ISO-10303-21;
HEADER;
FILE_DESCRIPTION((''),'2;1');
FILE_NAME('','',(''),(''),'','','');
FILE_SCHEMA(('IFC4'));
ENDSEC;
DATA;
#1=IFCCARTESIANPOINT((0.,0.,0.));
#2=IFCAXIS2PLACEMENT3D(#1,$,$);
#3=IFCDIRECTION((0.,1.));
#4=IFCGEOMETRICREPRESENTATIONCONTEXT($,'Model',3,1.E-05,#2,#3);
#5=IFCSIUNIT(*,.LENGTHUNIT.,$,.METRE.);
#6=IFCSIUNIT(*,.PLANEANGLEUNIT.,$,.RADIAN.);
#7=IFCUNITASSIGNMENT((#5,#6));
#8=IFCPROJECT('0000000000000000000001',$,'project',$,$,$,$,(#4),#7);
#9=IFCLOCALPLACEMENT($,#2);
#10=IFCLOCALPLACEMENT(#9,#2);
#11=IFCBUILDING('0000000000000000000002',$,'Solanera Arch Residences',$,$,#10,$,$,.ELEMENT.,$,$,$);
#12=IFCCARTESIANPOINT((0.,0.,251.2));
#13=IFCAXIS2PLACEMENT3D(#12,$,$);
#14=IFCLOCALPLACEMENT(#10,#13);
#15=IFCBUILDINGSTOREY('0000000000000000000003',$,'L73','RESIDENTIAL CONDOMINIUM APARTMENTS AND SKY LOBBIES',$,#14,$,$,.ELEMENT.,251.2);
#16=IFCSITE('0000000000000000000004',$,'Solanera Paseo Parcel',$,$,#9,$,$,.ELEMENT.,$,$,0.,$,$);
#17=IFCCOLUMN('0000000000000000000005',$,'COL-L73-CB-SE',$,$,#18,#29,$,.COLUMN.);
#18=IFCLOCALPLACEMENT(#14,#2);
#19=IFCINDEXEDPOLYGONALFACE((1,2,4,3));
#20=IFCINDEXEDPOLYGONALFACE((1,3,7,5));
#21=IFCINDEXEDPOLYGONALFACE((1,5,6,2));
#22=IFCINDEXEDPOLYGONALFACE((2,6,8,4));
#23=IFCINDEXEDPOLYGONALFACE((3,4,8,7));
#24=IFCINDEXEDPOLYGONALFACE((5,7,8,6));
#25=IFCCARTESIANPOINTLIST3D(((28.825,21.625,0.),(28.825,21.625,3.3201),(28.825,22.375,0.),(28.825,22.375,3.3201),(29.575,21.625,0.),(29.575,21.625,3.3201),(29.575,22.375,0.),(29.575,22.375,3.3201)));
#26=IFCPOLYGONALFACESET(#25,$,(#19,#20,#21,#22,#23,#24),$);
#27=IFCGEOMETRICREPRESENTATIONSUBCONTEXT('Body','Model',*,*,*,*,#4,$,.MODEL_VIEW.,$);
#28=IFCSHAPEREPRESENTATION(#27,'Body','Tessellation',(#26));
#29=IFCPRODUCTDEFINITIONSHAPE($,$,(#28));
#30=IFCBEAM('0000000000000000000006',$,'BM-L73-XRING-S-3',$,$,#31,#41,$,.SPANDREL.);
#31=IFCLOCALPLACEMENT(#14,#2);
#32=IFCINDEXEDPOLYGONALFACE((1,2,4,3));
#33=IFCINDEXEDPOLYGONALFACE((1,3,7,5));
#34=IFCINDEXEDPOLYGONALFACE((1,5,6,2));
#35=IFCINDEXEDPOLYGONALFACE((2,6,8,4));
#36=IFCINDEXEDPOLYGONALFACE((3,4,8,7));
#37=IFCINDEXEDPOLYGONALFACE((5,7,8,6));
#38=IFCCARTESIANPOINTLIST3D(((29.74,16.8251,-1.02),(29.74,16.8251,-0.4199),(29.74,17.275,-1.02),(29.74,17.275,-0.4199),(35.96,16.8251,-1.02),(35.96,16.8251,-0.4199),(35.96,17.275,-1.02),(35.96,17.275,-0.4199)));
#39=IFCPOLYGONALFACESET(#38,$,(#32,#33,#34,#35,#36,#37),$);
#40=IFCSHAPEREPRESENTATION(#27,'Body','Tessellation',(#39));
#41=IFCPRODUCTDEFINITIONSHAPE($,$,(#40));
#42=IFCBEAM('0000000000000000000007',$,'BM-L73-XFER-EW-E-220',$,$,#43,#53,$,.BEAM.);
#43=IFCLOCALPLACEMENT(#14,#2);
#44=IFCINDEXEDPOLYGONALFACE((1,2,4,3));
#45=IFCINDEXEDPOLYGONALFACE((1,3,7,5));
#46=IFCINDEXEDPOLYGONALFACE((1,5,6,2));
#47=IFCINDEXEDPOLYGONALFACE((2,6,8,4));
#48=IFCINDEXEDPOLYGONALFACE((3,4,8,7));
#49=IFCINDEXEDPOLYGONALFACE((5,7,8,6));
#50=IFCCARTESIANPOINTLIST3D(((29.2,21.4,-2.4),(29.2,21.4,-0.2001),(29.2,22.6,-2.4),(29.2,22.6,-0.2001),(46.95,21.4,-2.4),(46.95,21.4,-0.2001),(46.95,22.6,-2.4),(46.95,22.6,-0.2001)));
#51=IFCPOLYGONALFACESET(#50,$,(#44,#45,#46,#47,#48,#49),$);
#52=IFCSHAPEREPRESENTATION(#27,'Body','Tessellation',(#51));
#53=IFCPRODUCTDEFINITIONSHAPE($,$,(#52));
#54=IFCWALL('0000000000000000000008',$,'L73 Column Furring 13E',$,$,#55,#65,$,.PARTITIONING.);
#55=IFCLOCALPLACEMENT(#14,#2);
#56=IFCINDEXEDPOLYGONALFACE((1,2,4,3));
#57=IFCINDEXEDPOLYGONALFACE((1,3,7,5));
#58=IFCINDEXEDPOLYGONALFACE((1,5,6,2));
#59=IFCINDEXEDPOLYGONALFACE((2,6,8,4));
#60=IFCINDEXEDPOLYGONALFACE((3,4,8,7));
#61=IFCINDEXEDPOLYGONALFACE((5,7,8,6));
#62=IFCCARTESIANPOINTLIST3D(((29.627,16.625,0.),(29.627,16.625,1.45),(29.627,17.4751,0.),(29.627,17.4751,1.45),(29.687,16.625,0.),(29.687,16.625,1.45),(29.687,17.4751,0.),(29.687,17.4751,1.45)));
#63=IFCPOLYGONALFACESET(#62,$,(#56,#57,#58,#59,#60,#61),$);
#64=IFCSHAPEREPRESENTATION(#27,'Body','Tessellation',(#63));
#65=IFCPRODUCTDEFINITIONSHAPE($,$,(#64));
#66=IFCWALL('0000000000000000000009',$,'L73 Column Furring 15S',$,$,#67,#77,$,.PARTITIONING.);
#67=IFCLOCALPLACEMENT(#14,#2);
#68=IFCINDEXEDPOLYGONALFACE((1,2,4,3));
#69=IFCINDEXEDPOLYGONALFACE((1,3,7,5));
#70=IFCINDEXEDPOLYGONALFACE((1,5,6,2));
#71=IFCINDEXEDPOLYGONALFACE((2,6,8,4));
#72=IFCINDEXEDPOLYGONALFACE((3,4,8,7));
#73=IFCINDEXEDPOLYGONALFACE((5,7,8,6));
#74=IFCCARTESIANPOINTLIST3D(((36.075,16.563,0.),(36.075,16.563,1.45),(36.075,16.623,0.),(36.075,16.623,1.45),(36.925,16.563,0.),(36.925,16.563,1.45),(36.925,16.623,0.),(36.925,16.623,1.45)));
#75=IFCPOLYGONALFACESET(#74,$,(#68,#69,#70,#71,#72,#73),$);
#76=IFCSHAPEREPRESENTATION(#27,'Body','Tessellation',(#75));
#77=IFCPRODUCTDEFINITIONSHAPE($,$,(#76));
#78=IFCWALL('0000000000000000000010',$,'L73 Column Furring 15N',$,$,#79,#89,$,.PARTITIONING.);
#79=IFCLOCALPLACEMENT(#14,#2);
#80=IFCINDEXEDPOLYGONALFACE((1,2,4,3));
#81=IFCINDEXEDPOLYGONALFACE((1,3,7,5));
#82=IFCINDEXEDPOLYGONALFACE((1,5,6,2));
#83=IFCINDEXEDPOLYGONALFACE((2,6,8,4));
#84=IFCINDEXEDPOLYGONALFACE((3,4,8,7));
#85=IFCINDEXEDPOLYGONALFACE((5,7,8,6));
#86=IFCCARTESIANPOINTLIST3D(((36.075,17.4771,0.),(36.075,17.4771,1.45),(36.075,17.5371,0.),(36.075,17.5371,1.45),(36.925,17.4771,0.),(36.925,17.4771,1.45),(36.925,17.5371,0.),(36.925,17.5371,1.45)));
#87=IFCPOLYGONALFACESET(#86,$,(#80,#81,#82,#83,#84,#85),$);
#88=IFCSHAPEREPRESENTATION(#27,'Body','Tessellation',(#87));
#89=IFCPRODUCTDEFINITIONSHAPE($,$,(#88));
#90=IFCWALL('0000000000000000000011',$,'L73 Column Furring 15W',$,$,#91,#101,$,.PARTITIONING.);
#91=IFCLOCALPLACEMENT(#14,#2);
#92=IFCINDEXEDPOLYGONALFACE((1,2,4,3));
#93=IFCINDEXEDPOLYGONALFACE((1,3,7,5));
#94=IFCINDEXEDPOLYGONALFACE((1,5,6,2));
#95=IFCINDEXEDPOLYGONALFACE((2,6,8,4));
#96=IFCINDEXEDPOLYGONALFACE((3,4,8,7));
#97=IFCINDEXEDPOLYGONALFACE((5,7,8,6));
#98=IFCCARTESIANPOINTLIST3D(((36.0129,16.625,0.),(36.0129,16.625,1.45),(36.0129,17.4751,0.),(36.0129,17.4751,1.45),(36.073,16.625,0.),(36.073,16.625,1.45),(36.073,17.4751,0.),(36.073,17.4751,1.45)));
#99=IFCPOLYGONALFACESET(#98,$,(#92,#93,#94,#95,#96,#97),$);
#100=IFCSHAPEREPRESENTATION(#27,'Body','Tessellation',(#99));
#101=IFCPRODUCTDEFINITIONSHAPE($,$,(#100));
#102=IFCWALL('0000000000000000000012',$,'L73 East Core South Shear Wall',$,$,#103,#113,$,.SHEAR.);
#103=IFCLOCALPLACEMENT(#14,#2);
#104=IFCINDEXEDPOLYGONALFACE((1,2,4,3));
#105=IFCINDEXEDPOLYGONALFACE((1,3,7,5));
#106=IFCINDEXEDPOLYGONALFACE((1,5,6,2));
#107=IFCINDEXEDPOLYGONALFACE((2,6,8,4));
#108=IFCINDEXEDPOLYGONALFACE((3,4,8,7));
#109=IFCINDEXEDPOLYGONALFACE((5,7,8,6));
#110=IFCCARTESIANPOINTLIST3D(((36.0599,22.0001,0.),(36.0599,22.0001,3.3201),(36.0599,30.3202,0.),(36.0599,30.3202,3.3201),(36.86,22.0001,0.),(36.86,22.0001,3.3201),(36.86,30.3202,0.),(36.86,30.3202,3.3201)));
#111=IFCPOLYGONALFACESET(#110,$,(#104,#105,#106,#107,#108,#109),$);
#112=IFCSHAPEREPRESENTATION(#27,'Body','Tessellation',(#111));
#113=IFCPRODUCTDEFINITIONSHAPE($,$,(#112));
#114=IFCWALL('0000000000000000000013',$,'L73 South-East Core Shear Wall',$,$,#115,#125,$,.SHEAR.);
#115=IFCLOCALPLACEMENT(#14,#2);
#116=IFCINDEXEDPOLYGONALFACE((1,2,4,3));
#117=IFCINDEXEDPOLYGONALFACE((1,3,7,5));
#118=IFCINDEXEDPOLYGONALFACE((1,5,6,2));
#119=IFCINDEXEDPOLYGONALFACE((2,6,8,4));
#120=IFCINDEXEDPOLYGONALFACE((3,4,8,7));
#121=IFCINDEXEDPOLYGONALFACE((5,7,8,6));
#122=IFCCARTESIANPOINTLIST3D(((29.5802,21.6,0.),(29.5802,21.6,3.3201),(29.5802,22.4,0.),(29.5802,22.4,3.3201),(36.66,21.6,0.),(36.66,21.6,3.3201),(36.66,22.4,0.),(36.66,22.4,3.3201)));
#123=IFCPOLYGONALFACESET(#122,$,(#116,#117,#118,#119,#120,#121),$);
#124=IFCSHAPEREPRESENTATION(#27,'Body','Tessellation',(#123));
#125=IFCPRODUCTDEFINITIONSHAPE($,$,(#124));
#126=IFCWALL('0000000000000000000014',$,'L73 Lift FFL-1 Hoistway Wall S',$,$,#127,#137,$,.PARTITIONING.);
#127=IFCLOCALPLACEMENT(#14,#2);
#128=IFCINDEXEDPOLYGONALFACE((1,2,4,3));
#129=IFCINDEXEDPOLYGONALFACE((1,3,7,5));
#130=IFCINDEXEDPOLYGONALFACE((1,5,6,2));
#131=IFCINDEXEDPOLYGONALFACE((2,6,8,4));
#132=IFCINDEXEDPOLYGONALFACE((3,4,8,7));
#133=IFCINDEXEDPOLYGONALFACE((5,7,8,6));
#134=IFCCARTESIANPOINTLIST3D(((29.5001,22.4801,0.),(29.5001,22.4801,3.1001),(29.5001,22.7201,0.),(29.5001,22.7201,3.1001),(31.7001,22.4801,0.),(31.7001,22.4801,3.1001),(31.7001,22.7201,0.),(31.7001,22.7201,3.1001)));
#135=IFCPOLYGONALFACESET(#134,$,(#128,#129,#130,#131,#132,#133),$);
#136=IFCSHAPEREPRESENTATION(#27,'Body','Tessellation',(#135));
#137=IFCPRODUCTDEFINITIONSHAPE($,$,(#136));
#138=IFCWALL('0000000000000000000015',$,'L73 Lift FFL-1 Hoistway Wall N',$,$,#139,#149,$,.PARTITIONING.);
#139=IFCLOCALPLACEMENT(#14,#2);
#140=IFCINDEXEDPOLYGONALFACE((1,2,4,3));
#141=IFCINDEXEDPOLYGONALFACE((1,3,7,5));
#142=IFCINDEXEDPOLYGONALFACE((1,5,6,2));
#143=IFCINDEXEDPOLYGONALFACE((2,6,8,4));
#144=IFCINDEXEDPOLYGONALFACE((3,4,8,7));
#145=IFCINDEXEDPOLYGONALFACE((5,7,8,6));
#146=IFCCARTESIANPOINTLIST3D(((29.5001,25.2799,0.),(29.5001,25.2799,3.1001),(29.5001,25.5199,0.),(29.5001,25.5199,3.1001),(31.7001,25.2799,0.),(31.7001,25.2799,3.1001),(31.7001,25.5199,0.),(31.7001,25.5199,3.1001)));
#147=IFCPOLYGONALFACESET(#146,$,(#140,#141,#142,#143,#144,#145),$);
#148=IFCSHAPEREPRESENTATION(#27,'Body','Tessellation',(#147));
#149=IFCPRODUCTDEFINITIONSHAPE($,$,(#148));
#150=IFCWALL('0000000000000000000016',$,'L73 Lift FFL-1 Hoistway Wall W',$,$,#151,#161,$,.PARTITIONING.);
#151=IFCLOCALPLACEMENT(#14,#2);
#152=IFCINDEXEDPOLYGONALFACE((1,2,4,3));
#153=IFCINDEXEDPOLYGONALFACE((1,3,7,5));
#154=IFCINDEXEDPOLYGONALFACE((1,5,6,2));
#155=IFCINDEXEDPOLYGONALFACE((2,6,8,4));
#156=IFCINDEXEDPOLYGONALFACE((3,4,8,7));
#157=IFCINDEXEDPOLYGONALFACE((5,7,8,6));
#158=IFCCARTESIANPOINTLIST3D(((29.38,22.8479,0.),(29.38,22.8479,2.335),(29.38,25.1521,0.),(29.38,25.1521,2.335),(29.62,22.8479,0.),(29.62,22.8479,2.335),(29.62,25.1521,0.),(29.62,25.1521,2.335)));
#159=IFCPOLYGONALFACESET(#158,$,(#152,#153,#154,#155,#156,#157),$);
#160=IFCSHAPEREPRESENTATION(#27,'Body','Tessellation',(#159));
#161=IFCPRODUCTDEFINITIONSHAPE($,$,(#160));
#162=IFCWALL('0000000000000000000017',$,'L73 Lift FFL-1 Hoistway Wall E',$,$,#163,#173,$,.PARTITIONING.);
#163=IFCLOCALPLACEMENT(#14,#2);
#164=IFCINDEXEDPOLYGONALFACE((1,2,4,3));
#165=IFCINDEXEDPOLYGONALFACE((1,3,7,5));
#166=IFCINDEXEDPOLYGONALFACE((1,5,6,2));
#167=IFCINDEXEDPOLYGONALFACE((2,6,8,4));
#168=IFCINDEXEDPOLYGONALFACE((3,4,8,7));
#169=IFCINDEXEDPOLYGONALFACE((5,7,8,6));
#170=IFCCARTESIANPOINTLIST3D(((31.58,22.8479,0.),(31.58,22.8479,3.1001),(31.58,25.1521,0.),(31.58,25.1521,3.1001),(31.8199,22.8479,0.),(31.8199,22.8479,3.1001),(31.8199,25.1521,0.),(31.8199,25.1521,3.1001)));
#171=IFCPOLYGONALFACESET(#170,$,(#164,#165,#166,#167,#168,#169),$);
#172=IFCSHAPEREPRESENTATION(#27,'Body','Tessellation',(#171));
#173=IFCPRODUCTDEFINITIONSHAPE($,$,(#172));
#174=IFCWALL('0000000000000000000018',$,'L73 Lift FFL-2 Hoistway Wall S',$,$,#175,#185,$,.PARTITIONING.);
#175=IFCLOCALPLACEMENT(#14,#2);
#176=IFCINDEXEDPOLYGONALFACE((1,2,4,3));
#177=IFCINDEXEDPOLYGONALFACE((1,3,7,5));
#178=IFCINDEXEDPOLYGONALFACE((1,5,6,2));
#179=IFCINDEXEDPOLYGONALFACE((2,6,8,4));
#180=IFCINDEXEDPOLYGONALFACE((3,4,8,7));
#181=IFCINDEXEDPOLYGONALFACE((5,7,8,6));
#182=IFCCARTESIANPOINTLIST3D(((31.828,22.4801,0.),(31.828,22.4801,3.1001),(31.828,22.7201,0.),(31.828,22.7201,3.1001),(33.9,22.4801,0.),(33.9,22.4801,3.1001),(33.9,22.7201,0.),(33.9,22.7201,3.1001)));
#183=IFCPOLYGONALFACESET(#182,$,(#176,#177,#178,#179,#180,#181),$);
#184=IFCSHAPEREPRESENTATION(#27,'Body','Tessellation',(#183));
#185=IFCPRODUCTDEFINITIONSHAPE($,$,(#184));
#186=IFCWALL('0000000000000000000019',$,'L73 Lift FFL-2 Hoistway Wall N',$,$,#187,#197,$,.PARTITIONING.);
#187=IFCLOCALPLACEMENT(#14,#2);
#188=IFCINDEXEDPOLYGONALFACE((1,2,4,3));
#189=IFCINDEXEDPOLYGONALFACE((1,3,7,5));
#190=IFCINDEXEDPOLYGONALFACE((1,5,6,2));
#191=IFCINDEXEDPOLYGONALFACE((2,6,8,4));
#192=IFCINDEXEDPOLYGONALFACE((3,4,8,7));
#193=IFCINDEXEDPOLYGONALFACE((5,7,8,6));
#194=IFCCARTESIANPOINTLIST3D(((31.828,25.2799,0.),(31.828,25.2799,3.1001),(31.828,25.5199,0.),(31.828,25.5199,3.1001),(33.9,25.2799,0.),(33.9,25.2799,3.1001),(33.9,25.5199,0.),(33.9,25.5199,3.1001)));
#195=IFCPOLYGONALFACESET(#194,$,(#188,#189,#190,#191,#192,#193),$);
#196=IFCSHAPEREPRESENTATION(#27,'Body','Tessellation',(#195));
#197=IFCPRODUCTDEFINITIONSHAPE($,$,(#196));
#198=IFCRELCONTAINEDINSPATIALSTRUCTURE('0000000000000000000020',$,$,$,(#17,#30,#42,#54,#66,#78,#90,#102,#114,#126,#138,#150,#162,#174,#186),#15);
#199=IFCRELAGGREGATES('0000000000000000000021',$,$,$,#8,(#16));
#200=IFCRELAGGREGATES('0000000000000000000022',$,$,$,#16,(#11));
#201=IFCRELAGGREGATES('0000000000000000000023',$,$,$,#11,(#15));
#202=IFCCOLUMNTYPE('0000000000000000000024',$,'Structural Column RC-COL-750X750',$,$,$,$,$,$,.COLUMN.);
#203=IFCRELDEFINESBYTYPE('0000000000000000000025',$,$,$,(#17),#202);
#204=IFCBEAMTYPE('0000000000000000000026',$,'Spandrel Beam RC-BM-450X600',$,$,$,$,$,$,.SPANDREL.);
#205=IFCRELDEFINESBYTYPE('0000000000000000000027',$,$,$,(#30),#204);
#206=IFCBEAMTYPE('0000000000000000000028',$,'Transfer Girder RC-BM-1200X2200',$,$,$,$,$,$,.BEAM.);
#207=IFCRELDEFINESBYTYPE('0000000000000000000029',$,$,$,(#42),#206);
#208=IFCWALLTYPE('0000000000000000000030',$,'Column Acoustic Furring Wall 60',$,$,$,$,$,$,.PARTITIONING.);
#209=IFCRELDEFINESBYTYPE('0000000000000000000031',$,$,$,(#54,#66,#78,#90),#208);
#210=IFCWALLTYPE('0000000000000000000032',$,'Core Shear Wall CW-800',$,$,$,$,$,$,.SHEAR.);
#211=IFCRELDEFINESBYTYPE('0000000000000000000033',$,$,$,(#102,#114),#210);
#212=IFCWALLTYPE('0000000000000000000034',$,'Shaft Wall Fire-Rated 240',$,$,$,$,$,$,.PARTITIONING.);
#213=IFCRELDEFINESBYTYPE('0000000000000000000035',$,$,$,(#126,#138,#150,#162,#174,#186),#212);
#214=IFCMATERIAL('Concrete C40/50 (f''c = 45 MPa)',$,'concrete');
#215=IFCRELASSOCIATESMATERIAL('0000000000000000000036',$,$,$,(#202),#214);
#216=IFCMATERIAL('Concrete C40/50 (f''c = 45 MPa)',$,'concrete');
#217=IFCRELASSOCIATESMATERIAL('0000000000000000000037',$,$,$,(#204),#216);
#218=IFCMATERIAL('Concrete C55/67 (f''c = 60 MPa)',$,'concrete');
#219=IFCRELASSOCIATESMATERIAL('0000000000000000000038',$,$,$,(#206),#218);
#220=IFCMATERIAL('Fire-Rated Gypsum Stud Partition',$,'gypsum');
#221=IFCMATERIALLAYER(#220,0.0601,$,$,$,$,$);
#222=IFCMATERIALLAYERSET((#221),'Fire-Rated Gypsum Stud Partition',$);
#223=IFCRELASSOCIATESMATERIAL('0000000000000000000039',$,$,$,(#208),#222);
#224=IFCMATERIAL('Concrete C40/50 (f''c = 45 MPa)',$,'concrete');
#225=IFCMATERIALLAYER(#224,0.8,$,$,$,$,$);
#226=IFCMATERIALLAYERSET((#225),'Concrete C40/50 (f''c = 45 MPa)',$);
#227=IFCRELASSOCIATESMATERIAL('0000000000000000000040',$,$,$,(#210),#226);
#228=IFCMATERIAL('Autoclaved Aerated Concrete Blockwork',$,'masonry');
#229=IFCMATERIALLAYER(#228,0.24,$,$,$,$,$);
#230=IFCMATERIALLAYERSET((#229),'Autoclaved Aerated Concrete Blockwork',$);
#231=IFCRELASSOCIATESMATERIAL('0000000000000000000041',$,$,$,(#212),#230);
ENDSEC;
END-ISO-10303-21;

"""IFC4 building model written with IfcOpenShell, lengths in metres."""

from ifc_helpers import new_model, si_unit, direction, frame, frame_2d, origin, origin_2d, place, context, subcontext, project, spatial, rectangle, extrude, material, layer, layer_set, material_profile, profile_set, type_object, element, save


model = new_model("IFC4")

# Units and contexts
model_context = context("Model", 3, precision=1e-05, world=origin(), true_north=direction((0.0, 1.0)))
body_context = subcontext(model_context, "Body", "Model", "MODEL_VIEW")
ifc_project = project(units=[si_unit("LENGTHUNIT", "METRE"), si_unit("PLANEANGLEUNIT", "RADIAN")], contexts=[model_context])

# Site, building, storey
site_placement = place(None, origin())
site = spatial("IfcSite", under=ifc_project, at=site_placement, Name="Solanera Paseo Parcel", CompositionType="ELEMENT", RefElevation=0.0)
building_placement = place(site_placement, origin())
building = spatial("IfcBuilding", under=site, at=building_placement, Name="Solanera Arch Residences", CompositionType="ELEMENT")
storey_placement = place(building_placement, frame((0.0, 0.0, 251.2)))
storey = spatial("IfcBuildingStorey", under=building, at=storey_placement, Name="L73", Description="RESIDENTIAL CONDOMINIUM APARTMENTS AND SKY LOBBIES", CompositionType="ELEMENT", Elevation=251.2)

# Column
ifc_material_1 = material(Name="Concrete C40/50 (f'c = 45 MPa)", Category="concrete")
ifc_material_profile_1 = material_profile(ifc_material_1, rectangle(XDim=0.75, YDim=0.75, at=origin_2d()))
ifc_profile_set_1 = profile_set([ifc_material_profile_1], Name="Concrete C40/50 (f'c = 45 MPa)")
column_type = type_object("IfcColumnType", Name="Structural Column RC-COL-750X750", PredefinedType="COLUMN", material=ifc_profile_set_1)
column_placement = place(storey_placement, frame((29.2, 22.0, 0.0), z_axis=(0.0, 0.0, 1.0), x_axis=(1.0, 0.0, 0.0)))
element("IfcColumn", 1, at=column_placement, inside=storey, type_object=column_type, Name="COL-L73-CB-SE", PredefinedType="COLUMN", context=body_context, shape_type="SweptSolid", body=[
    extrude(rectangle(XDim=0.75, YDim=0.75, at=origin_2d()), origin(), (0.0, 0.0, 1.0), 3.3201),
])

# Beams
ifc_material_2 = material(Name="Concrete C40/50 (f'c = 45 MPa)", Category="concrete")
ifc_material_profile_2 = material_profile(ifc_material_2, rectangle(XDim=0.45, YDim=0.6001, at=origin_2d()))
ifc_profile_set_2 = profile_set([ifc_material_profile_2], Name="Concrete C40/50 (f'c = 45 MPa)")
beam_type_1 = type_object("IfcBeamType", Name="Spandrel Beam RC-BM-450X600", PredefinedType="SPANDREL", material=ifc_profile_set_2)
beam_1_placement = place(storey_placement, frame((29.74, 17.05, -0.72), z_axis=(1.0, 0.0, 0.0), x_axis=(0.0, 1.0, 0.0)))
element("IfcBeam", 2, at=beam_1_placement, inside=storey, type_object=beam_type_1, Name="BM-L73-XRING-S-3", PredefinedType="SPANDREL", context=body_context, shape_type="SweptSolid", body=[
    extrude(rectangle(XDim=0.45, YDim=0.6001, at=origin_2d()), origin(), (0.0, 0.0, 1.0), 6.22),
])
ifc_material_3 = material(Name="Concrete C55/67 (f'c = 60 MPa)", Category="concrete")
ifc_material_profile_3 = material_profile(ifc_material_3, rectangle(XDim=1.2, YDim=2.2, at=origin_2d()))
ifc_profile_set_3 = profile_set([ifc_material_profile_3], Name="Concrete C55/67 (f'c = 60 MPa)")
beam_type_2 = type_object("IfcBeamType", Name="Transfer Girder RC-BM-1200X2200", PredefinedType="BEAM", material=ifc_profile_set_3)
beam_2_placement = place(storey_placement, frame((29.2, 22.0, -1.3), z_axis=(1.0, 0.0, 0.0), x_axis=(0.0, 1.0, 0.0)))
element("IfcBeam", 3, at=beam_2_placement, inside=storey, type_object=beam_type_2, Name="BM-L73-XFER-EW-E-220", PredefinedType="BEAM", context=body_context, shape_type="SweptSolid", body=[
    extrude(rectangle(XDim=1.2, YDim=2.2, at=origin_2d()), origin(), (0.0, 0.0, 1.0), 17.75),
])

# Walls
ifc_material_4 = material(Name="Fire-Rated Gypsum Stud Partition", Category="gypsum")
ifc_layer_1 = layer(ifc_material_4, 0.0601)
ifc_layer_set_1 = layer_set([ifc_layer_1], Name="Fire-Rated Gypsum Stud Partition")
wall_type_1 = type_object("IfcWallType", Name="Column Acoustic Furring Wall 60", PredefinedType="PARTITIONING", material=ifc_layer_set_1)
for number, where, z_axis, x_axis, name in (
    (4, (29.657, 16.625, 0.0), (0.0, 0.0, 1.0), (0.0, 1.0, 0.0), "L73 Column Furring 13E"),
    (5, (36.075, 16.593, 0.0), (0.0, 0.0, 1.0), (1.0, 0.0, 0.0), "L73 Column Furring 15S"),
    (6, (36.075, 17.5071, 0.0), (0.0, 0.0, 1.0), (1.0, 0.0, 0.0), "L73 Column Furring 15N"),
    (7, (36.043, 16.625, 0.0), (0.0, 0.0, 1.0), (0.0, 1.0, 0.0), "L73 Column Furring 15W"),
):
    element("IfcWall", number, at=place(storey_placement, frame(where, z_axis=z_axis, x_axis=x_axis)), inside=storey, type_object=wall_type_1, Name=name, PredefinedType="PARTITIONING", context=body_context, shape_type="SweptSolid", body=[
        extrude(rectangle(XDim=0.8501, YDim=0.0601, at=frame_2d((0.425, 0.0))), origin(), (0.0, 0.0, 1.0), 1.45),
    ])
ifc_material_5 = material(Name="Concrete C40/50 (f'c = 45 MPa)", Category="concrete")
ifc_layer_2 = layer(ifc_material_5, 0.8)
ifc_layer_set_2 = layer_set([ifc_layer_2], Name="Concrete C40/50 (f'c = 45 MPa)")
wall_type_2 = type_object("IfcWallType", Name="Core Shear Wall CW-800", PredefinedType="SHEAR", material=ifc_layer_set_2)
wall_1_placement = place(storey_placement, frame((36.46, 22.0, 0.0), z_axis=(0.0, 0.0, 1.0), x_axis=(0.0, 1.0, 0.0)))
element("IfcWall", 8, at=wall_1_placement, inside=storey, type_object=wall_type_2, Name="L73 East Core South Shear Wall", PredefinedType="SHEAR", context=body_context, shape_type="SweptSolid", body=[
    extrude(rectangle(XDim=8.3201, YDim=0.8, at=frame_2d((4.1602, 0.0))), origin(), (0.0, 0.0, 1.0), 3.3201),
])
wall_2_placement = place(storey_placement, frame((29.5801, 22.0, 0.0), z_axis=(0.0, 0.0, 1.0), x_axis=(1.0, 0.0, 0.0)))
element("IfcWall", 9, at=wall_2_placement, inside=storey, type_object=wall_type_2, Name="L73 South-East Core Shear Wall", PredefinedType="SHEAR", context=body_context, shape_type="SweptSolid", body=[
    extrude(rectangle(XDim=7.0798, YDim=0.8, at=frame_2d((3.54, 0.0))), origin(), (0.0, 0.0, 1.0), 3.3201),
])
ifc_material_6 = material(Name="Autoclaved Aerated Concrete Blockwork", Category="masonry")
ifc_layer_3 = layer(ifc_material_6, 0.24)
ifc_layer_set_3 = layer_set([ifc_layer_3], Name="Autoclaved Aerated Concrete Blockwork")
wall_type_3 = type_object("IfcWallType", Name="Shaft Wall Fire-Rated 240", PredefinedType="PARTITIONING", material=ifc_layer_set_3)
for number, where, z_axis, x_axis, name in (
    (10, (29.5, 22.6001, 0.0), (0.0, 0.0, 1.0), (1.0, 0.0, 0.0), "L73 Lift FFL-1 Hoistway Wall S"),
    (11, (29.5, 25.3999, 0.0), (0.0, 0.0, 1.0), (1.0, 0.0, 0.0), "L73 Lift FFL-1 Hoistway Wall N"),
):
    element("IfcWall", number, at=place(storey_placement, frame(where, z_axis=z_axis, x_axis=x_axis)), inside=storey, type_object=wall_type_3, Name=name, PredefinedType="PARTITIONING", context=body_context, shape_type="SweptSolid", body=[
        extrude(rectangle(XDim=2.2, YDim=0.24, at=frame_2d((1.1001, 0.0))), origin(), (0.0, 0.0, 1.0), 3.1001),
    ])
wall_3_placement = place(storey_placement, frame((29.5, 22.8479, 0.0), z_axis=(0.0, 0.0, 1.0), x_axis=(0.0, 1.0, 0.0)))
element("IfcWall", 12, at=wall_3_placement, inside=storey, type_object=wall_type_3, Name="L73 Lift FFL-1 Hoistway Wall W", PredefinedType="PARTITIONING", context=body_context, shape_type="SweptSolid", body=[
    extrude(rectangle(XDim=2.3042, YDim=0.24, at=frame_2d((1.1521, 0.0))), origin(), (0.0, 0.0, 1.0), 2.335),
])
wall_4_placement = place(storey_placement, frame((31.7, 22.8479, 0.0), z_axis=(0.0, 0.0, 1.0), x_axis=(0.0, 1.0, 0.0)))
element("IfcWall", 13, at=wall_4_placement, inside=storey, type_object=wall_type_3, Name="L73 Lift FFL-1 Hoistway Wall E", PredefinedType="PARTITIONING", context=body_context, shape_type="SweptSolid", body=[
    extrude(rectangle(XDim=2.3042, YDim=0.24, at=frame_2d((1.1521, 0.0))), origin(), (0.0, 0.0, 1.0), 3.1001),
])
for number, where, z_axis, x_axis, name in (
    (14, (31.8279, 22.6001, 0.0), (0.0, 0.0, 1.0), (1.0, 0.0, 0.0), "L73 Lift FFL-2 Hoistway Wall S"),
    (15, (31.8279, 25.3999, 0.0), (0.0, 0.0, 1.0), (1.0, 0.0, 0.0), "L73 Lift FFL-2 Hoistway Wall N"),
):
    element("IfcWall", number, at=place(storey_placement, frame(where, z_axis=z_axis, x_axis=x_axis)), inside=storey, type_object=wall_type_3, Name=name, PredefinedType="PARTITIONING", context=body_context, shape_type="SweptSolid", body=[
        extrude(rectangle(XDim=2.072, YDim=0.24, at=frame_2d((1.0361, 0.0))), origin(), (0.0, 0.0, 1.0), 3.1001),
    ])

save(model, "model.ifc")
